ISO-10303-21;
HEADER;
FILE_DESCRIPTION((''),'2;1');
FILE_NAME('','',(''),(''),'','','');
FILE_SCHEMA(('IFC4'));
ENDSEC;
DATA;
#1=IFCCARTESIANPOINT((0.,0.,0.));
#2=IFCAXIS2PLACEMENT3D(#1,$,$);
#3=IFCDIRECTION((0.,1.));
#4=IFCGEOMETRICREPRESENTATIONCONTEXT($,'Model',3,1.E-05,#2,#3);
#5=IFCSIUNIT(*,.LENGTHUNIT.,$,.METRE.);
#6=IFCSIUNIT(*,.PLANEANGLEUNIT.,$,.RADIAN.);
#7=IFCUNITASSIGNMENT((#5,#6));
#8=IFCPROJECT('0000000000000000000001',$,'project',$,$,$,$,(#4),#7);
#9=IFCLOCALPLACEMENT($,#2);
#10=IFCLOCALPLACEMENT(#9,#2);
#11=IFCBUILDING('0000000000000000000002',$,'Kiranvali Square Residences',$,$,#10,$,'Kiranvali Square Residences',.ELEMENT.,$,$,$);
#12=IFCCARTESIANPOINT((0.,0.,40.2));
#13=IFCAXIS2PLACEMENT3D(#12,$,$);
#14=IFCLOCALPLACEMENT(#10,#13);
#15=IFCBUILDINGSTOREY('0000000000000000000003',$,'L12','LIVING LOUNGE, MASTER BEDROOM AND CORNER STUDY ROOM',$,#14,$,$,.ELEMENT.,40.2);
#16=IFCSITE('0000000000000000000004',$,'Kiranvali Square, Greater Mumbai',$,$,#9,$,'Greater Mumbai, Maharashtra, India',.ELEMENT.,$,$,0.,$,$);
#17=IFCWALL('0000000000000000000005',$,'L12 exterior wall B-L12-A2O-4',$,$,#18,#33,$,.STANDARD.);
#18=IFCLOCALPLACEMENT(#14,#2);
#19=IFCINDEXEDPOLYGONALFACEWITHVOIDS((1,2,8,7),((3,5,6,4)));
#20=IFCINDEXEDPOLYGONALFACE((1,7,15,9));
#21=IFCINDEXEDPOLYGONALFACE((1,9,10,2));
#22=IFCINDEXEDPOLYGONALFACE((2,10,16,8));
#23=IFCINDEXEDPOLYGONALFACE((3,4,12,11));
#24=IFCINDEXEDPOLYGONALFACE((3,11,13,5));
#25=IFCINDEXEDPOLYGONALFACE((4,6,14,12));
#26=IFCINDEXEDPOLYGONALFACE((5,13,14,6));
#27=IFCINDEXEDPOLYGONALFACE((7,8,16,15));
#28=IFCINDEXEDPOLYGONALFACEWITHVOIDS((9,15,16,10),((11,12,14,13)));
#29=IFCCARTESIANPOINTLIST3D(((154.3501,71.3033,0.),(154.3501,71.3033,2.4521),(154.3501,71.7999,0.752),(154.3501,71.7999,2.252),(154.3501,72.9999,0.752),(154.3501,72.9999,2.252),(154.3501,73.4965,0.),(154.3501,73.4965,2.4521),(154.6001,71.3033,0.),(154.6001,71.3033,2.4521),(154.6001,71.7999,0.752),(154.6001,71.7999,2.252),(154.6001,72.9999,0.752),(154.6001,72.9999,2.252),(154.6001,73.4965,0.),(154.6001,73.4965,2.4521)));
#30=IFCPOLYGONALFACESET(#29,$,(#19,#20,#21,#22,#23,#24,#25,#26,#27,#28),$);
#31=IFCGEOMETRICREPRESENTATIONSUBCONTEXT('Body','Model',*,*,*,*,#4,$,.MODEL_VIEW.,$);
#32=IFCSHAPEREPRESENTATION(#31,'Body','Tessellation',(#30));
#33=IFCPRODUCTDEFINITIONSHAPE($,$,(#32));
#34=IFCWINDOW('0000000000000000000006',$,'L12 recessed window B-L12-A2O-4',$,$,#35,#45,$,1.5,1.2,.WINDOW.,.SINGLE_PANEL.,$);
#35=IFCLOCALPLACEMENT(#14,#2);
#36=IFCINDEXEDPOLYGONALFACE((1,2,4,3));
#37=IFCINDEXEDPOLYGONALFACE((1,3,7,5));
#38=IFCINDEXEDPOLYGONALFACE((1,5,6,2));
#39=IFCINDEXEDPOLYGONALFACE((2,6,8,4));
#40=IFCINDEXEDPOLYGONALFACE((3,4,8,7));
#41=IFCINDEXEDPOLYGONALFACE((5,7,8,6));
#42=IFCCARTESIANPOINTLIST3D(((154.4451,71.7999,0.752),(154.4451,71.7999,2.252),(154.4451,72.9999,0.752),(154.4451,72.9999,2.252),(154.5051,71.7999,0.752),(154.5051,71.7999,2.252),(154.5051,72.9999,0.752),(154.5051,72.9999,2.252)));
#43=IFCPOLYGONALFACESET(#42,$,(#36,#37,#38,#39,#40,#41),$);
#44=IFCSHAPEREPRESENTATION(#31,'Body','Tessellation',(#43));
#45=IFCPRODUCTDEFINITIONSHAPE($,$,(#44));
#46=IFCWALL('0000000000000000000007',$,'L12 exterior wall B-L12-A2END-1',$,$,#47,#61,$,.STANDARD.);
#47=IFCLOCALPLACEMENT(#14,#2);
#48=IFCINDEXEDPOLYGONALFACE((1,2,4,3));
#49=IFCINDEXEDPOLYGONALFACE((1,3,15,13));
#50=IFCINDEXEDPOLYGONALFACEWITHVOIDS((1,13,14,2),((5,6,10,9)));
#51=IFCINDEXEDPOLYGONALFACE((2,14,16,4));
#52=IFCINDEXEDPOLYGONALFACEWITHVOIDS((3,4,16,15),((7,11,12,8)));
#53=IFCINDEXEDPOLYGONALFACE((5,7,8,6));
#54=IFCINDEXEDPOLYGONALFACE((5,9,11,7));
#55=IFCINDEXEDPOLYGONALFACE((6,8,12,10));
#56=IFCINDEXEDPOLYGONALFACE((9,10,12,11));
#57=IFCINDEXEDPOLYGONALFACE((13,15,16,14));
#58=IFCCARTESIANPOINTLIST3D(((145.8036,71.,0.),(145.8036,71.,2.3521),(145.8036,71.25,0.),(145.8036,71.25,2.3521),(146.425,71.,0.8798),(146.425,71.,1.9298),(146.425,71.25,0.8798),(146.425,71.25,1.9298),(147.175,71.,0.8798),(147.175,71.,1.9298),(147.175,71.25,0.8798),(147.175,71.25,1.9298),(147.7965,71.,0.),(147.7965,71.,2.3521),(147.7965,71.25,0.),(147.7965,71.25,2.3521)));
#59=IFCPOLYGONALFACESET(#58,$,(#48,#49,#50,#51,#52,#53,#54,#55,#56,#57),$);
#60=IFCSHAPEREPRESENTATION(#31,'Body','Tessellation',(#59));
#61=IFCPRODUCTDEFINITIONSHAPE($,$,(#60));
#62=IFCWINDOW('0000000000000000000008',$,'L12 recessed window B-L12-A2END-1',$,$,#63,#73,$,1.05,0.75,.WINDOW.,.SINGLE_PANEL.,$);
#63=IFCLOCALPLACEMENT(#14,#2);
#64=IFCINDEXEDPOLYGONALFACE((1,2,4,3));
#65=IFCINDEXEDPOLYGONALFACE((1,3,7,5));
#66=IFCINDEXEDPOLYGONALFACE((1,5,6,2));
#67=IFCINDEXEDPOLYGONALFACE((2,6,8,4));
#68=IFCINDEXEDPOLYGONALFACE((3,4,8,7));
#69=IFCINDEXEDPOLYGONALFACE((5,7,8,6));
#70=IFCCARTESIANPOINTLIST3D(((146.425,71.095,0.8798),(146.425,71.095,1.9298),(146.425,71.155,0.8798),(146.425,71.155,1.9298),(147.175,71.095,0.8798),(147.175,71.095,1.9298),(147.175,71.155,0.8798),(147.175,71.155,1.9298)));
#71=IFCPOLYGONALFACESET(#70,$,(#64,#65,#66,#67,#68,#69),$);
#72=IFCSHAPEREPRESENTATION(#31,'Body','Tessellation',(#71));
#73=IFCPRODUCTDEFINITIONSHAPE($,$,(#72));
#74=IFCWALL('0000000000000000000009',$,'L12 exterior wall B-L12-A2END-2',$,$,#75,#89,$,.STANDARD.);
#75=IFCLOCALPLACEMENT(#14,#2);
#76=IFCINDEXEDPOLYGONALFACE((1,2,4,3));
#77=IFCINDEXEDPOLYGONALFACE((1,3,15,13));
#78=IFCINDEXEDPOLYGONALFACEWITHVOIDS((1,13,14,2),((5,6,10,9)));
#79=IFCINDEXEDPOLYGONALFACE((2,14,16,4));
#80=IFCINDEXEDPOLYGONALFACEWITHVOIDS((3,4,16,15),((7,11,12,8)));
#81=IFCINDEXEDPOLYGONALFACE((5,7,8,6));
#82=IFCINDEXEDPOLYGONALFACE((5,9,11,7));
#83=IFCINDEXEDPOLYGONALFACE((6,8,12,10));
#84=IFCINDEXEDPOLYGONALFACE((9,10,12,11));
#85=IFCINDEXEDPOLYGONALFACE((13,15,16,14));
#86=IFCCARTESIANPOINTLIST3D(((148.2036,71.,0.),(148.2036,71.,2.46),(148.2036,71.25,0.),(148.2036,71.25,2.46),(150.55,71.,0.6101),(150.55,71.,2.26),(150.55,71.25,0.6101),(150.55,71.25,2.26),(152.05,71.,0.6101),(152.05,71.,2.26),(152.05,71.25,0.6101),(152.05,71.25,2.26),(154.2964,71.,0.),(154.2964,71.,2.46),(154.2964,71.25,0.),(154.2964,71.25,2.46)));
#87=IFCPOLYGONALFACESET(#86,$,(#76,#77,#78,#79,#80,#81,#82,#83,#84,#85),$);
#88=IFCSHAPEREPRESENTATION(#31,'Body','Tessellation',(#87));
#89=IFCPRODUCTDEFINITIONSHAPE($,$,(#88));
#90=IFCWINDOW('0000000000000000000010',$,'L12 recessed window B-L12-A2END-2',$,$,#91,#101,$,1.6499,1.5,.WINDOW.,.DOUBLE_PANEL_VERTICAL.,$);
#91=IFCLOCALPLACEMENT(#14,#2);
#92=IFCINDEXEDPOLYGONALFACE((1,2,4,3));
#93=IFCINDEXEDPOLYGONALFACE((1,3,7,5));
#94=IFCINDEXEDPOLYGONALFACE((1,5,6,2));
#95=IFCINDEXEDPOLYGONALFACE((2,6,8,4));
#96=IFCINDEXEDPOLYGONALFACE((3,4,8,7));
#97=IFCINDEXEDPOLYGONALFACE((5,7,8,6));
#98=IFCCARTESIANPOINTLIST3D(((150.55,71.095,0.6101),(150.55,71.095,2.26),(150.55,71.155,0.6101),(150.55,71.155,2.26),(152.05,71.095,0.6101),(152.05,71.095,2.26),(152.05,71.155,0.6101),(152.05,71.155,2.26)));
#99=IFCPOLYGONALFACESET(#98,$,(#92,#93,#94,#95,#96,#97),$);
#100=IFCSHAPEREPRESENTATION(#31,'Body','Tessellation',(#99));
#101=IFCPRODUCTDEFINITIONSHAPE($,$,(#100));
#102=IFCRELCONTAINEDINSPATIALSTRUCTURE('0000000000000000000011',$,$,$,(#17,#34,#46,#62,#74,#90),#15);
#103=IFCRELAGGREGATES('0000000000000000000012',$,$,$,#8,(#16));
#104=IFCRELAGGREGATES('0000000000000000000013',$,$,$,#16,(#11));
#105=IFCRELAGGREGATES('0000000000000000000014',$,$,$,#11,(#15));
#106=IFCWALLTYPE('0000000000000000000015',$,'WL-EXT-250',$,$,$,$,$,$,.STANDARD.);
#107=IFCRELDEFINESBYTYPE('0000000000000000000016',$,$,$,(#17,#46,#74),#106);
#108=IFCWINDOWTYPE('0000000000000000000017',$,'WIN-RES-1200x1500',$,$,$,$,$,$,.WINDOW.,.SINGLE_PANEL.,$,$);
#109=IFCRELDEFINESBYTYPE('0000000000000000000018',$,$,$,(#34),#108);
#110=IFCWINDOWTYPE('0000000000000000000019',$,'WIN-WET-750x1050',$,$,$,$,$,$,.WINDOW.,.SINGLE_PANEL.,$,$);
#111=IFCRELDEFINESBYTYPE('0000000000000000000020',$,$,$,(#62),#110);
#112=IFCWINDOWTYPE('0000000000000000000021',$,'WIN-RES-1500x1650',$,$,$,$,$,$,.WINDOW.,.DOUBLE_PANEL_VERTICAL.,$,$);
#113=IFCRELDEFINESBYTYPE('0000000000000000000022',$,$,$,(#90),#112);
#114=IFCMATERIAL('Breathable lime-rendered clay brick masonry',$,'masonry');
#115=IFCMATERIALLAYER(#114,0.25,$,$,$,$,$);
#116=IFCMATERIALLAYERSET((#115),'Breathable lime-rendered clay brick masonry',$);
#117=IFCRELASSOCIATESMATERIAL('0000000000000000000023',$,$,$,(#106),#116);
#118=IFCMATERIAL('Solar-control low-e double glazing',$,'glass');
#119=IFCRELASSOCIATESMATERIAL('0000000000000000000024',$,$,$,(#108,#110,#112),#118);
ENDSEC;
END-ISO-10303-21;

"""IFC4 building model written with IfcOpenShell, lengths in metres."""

from ifc_helpers import new_model, si_unit, direction, frame, frame_2d, origin, place, context, subcontext, project, spatial, rectangle, extrude, material, layer, layer_set, type_object, element, fill, save


model = new_model("IFC4")

# Units and contexts
model_context = context("Model", 3, precision=1e-05, world=origin(), true_north=direction((0.0, 1.0)))
body_context = subcontext(model_context, "Body", "Model", "MODEL_VIEW")
ifc_project = project(units=[si_unit("LENGTHUNIT", "METRE"), si_unit("PLANEANGLEUNIT", "RADIAN")], contexts=[model_context])

# Site, building, storey
site_placement = place(None, origin())
site = spatial("IfcSite", under=ifc_project, at=site_placement, Name="Kiranvali Square, Greater Mumbai", LongName="Greater Mumbai, Maharashtra, India", CompositionType="ELEMENT", RefElevation=0.0)
building_placement = place(site_placement, origin())
building = spatial("IfcBuilding", under=site, at=building_placement, Name="Kiranvali Square Residences", LongName="Kiranvali Square Residences", CompositionType="ELEMENT")
storey_placement = place(building_placement, frame((0.0, 0.0, 40.2)))
storey = spatial("IfcBuildingStorey", under=building, at=storey_placement, Name="L12", Description="LIVING LOUNGE, MASTER BEDROOM AND CORNER STUDY ROOM", CompositionType="ELEMENT", Elevation=40.2)

# Walls, openings, windows
ifc_material_1 = material(Name="Breathable lime-rendered clay brick masonry", Category="masonry")
ifc_layer_1 = layer(ifc_material_1, 0.25)
ifc_layer_set_1 = layer_set([ifc_layer_1], Name="Breathable lime-rendered clay brick masonry")
wall_type_1 = type_object("IfcWallType", Name="WL-EXT-250", PredefinedType="STANDARD", material=ifc_layer_set_1)
ifc_material_2 = material(Name="Solar-control low-e double glazing", Category="glass")
window_type_1 = type_object("IfcWindowType", Name="WIN-RES-1200x1500", PartitioningType="SINGLE_PANEL", PredefinedType="WINDOW", material=ifc_material_2)
wall_1_placement = place(storey_placement, frame((154.4751, 73.4966, 0.0), z_axis=(0.0, 0.0, 1.0), x_axis=(0.0, -1.0, 0.0)))
wall_1 = element("IfcWall", 1, at=wall_1_placement, inside=storey, type_object=wall_type_1, Name="L12 exterior wall B-L12-A2O-4", PredefinedType="STANDARD", context=body_context, shape_type="SweptSolid", body=[
    extrude(rectangle(XDim=2.1931, YDim=0.25, at=frame_2d((1.0967, 0.0))), origin(), (0.0, 0.0, 1.0), 2.4521),
])
opening_1_placement = place(wall_1_placement, frame((0.4966, 0.0, 0.752)))
opening_1 = element("IfcOpeningElement", 2, at=opening_1_placement, cuts=wall_1, PredefinedType="OPENING", context=body_context, shape_type="SweptSolid", body=[
    extrude(rectangle(XDim=1.2, YDim=1.5, at=frame_2d((0.6001, 0.75))), frame((0.0, 0.135, 0.0), z_axis=(0.0, -1.0, 0.0), x_axis=(1.0, 0.0, 0.0)), (0.0, 0.0, 1.0), 0.27),
])
window_1_placement = place(opening_1_placement, origin())
window_1 = element("IfcWindow", 3, at=window_1_placement, inside=storey, type_object=window_type_1, Name="L12 recessed window B-L12-A2O-4", OverallHeight=1.5, OverallWidth=1.2, PartitioningType="SINGLE_PANEL", PredefinedType="WINDOW", context=body_context, shape_type="SweptSolid", body=[
    extrude(rectangle(XDim=1.2, YDim=1.5, at=frame_2d((0.6001, 0.75))), frame((0.0, 0.03, 0.0), z_axis=(0.0, -1.0, 0.0), x_axis=(1.0, 0.0, 0.0)), (0.0, 0.0, 1.0), 0.0601),
])
fill(opening_1, window_1)
wall_2_placement = place(storey_placement, frame((145.8035, 71.125, 0.0), z_axis=(0.0, 0.0, 1.0), x_axis=(1.0, 0.0, 0.0)))
wall_2 = element("IfcWall", 4, at=wall_2_placement, inside=storey, type_object=wall_type_1, Name="L12 exterior wall B-L12-A2END-1", PredefinedType="STANDARD", context=body_context, shape_type="SweptSolid", body=[
    extrude(rectangle(XDim=1.9929, YDim=0.25, at=frame_2d((0.9966, 0.0))), origin(), (0.0, 0.0, 1.0), 2.3521),
])
opening_2_placement = place(wall_2_placement, frame((0.6216, 0.0, 0.8799)))
opening_2 = element("IfcOpeningElement", 5, at=opening_2_placement, cuts=wall_2, PredefinedType="OPENING", context=body_context, shape_type="SweptSolid", body=[
    extrude(rectangle(XDim=0.75, YDim=1.05, at=frame_2d((0.375, 0.5249))), frame((0.0, 0.135, 0.0), z_axis=(0.0, -1.0, 0.0), x_axis=(1.0, 0.0, 0.0)), (0.0, 0.0, 1.0), 0.27),
])
window_type_2 = type_object("IfcWindowType", Name="WIN-WET-750x1050", PartitioningType="SINGLE_PANEL", PredefinedType="WINDOW", material=ifc_material_2)
window_2_placement = place(opening_2_placement, origin())
window_2 = element("IfcWindow", 6, at=window_2_placement, inside=storey, type_object=window_type_2, Name="L12 recessed window B-L12-A2END-1", OverallHeight=1.05, OverallWidth=0.75, PartitioningType="SINGLE_PANEL", PredefinedType="WINDOW", context=body_context, shape_type="SweptSolid", body=[
    extrude(rectangle(XDim=0.75, YDim=1.05, at=frame_2d((0.375, 0.5249))), frame((0.0, 0.03, 0.0), z_axis=(0.0, -1.0, 0.0), x_axis=(1.0, 0.0, 0.0)), (0.0, 0.0, 1.0), 0.0601),
])
fill(opening_2, window_2)
wall_3_placement = place(storey_placement, frame((148.2036, 71.125, 0.0), z_axis=(0.0, 0.0, 1.0), x_axis=(1.0, 0.0, 0.0)))
wall_3 = element("IfcWall", 7, at=wall_3_placement, inside=storey, type_object=wall_type_1, Name="L12 exterior wall B-L12-A2END-2", PredefinedType="STANDARD", context=body_context, shape_type="SweptSolid", body=[
    extrude(rectangle(XDim=6.0928, YDim=0.25, at=frame_2d((3.0464, 0.0))), origin(), (0.0, 0.0, 1.0), 2.46),
])
opening_3_placement = place(wall_3_placement, frame((2.3464, 0.0, 0.6101)))
opening_3 = element("IfcOpeningElement", 8, at=opening_3_placement, cuts=wall_3, PredefinedType="OPENING", context=body_context, shape_type="SweptSolid", body=[
    extrude(rectangle(XDim=1.5, YDim=1.6499, at=frame_2d((0.75, 0.825))), frame((0.0, 0.135, 0.0), z_axis=(0.0, -1.0, 0.0), x_axis=(1.0, 0.0, 0.0)), (0.0, 0.0, 1.0), 0.27),
])
window_type_3 = type_object("IfcWindowType", Name="WIN-RES-1500x1650", PartitioningType="DOUBLE_PANEL_VERTICAL", PredefinedType="WINDOW", material=ifc_material_2)
window_3_placement = place(opening_3_placement, origin())
window_3 = element("IfcWindow", 9, at=window_3_placement, inside=storey, type_object=window_type_3, Name="L12 recessed window B-L12-A2END-2", OverallHeight=1.6499, OverallWidth=1.5, PartitioningType="DOUBLE_PANEL_VERTICAL", PredefinedType="WINDOW", context=body_context, shape_type="SweptSolid", body=[
    extrude(rectangle(XDim=1.5, YDim=1.6499, at=frame_2d((0.75, 0.825))), frame((0.0, 0.03, 0.0), z_axis=(0.0, -1.0, 0.0), x_axis=(1.0, 0.0, 0.0)), (0.0, 0.0, 1.0), 0.0601),
])
fill(opening_3, window_3)

save(model, "model.ifc")
